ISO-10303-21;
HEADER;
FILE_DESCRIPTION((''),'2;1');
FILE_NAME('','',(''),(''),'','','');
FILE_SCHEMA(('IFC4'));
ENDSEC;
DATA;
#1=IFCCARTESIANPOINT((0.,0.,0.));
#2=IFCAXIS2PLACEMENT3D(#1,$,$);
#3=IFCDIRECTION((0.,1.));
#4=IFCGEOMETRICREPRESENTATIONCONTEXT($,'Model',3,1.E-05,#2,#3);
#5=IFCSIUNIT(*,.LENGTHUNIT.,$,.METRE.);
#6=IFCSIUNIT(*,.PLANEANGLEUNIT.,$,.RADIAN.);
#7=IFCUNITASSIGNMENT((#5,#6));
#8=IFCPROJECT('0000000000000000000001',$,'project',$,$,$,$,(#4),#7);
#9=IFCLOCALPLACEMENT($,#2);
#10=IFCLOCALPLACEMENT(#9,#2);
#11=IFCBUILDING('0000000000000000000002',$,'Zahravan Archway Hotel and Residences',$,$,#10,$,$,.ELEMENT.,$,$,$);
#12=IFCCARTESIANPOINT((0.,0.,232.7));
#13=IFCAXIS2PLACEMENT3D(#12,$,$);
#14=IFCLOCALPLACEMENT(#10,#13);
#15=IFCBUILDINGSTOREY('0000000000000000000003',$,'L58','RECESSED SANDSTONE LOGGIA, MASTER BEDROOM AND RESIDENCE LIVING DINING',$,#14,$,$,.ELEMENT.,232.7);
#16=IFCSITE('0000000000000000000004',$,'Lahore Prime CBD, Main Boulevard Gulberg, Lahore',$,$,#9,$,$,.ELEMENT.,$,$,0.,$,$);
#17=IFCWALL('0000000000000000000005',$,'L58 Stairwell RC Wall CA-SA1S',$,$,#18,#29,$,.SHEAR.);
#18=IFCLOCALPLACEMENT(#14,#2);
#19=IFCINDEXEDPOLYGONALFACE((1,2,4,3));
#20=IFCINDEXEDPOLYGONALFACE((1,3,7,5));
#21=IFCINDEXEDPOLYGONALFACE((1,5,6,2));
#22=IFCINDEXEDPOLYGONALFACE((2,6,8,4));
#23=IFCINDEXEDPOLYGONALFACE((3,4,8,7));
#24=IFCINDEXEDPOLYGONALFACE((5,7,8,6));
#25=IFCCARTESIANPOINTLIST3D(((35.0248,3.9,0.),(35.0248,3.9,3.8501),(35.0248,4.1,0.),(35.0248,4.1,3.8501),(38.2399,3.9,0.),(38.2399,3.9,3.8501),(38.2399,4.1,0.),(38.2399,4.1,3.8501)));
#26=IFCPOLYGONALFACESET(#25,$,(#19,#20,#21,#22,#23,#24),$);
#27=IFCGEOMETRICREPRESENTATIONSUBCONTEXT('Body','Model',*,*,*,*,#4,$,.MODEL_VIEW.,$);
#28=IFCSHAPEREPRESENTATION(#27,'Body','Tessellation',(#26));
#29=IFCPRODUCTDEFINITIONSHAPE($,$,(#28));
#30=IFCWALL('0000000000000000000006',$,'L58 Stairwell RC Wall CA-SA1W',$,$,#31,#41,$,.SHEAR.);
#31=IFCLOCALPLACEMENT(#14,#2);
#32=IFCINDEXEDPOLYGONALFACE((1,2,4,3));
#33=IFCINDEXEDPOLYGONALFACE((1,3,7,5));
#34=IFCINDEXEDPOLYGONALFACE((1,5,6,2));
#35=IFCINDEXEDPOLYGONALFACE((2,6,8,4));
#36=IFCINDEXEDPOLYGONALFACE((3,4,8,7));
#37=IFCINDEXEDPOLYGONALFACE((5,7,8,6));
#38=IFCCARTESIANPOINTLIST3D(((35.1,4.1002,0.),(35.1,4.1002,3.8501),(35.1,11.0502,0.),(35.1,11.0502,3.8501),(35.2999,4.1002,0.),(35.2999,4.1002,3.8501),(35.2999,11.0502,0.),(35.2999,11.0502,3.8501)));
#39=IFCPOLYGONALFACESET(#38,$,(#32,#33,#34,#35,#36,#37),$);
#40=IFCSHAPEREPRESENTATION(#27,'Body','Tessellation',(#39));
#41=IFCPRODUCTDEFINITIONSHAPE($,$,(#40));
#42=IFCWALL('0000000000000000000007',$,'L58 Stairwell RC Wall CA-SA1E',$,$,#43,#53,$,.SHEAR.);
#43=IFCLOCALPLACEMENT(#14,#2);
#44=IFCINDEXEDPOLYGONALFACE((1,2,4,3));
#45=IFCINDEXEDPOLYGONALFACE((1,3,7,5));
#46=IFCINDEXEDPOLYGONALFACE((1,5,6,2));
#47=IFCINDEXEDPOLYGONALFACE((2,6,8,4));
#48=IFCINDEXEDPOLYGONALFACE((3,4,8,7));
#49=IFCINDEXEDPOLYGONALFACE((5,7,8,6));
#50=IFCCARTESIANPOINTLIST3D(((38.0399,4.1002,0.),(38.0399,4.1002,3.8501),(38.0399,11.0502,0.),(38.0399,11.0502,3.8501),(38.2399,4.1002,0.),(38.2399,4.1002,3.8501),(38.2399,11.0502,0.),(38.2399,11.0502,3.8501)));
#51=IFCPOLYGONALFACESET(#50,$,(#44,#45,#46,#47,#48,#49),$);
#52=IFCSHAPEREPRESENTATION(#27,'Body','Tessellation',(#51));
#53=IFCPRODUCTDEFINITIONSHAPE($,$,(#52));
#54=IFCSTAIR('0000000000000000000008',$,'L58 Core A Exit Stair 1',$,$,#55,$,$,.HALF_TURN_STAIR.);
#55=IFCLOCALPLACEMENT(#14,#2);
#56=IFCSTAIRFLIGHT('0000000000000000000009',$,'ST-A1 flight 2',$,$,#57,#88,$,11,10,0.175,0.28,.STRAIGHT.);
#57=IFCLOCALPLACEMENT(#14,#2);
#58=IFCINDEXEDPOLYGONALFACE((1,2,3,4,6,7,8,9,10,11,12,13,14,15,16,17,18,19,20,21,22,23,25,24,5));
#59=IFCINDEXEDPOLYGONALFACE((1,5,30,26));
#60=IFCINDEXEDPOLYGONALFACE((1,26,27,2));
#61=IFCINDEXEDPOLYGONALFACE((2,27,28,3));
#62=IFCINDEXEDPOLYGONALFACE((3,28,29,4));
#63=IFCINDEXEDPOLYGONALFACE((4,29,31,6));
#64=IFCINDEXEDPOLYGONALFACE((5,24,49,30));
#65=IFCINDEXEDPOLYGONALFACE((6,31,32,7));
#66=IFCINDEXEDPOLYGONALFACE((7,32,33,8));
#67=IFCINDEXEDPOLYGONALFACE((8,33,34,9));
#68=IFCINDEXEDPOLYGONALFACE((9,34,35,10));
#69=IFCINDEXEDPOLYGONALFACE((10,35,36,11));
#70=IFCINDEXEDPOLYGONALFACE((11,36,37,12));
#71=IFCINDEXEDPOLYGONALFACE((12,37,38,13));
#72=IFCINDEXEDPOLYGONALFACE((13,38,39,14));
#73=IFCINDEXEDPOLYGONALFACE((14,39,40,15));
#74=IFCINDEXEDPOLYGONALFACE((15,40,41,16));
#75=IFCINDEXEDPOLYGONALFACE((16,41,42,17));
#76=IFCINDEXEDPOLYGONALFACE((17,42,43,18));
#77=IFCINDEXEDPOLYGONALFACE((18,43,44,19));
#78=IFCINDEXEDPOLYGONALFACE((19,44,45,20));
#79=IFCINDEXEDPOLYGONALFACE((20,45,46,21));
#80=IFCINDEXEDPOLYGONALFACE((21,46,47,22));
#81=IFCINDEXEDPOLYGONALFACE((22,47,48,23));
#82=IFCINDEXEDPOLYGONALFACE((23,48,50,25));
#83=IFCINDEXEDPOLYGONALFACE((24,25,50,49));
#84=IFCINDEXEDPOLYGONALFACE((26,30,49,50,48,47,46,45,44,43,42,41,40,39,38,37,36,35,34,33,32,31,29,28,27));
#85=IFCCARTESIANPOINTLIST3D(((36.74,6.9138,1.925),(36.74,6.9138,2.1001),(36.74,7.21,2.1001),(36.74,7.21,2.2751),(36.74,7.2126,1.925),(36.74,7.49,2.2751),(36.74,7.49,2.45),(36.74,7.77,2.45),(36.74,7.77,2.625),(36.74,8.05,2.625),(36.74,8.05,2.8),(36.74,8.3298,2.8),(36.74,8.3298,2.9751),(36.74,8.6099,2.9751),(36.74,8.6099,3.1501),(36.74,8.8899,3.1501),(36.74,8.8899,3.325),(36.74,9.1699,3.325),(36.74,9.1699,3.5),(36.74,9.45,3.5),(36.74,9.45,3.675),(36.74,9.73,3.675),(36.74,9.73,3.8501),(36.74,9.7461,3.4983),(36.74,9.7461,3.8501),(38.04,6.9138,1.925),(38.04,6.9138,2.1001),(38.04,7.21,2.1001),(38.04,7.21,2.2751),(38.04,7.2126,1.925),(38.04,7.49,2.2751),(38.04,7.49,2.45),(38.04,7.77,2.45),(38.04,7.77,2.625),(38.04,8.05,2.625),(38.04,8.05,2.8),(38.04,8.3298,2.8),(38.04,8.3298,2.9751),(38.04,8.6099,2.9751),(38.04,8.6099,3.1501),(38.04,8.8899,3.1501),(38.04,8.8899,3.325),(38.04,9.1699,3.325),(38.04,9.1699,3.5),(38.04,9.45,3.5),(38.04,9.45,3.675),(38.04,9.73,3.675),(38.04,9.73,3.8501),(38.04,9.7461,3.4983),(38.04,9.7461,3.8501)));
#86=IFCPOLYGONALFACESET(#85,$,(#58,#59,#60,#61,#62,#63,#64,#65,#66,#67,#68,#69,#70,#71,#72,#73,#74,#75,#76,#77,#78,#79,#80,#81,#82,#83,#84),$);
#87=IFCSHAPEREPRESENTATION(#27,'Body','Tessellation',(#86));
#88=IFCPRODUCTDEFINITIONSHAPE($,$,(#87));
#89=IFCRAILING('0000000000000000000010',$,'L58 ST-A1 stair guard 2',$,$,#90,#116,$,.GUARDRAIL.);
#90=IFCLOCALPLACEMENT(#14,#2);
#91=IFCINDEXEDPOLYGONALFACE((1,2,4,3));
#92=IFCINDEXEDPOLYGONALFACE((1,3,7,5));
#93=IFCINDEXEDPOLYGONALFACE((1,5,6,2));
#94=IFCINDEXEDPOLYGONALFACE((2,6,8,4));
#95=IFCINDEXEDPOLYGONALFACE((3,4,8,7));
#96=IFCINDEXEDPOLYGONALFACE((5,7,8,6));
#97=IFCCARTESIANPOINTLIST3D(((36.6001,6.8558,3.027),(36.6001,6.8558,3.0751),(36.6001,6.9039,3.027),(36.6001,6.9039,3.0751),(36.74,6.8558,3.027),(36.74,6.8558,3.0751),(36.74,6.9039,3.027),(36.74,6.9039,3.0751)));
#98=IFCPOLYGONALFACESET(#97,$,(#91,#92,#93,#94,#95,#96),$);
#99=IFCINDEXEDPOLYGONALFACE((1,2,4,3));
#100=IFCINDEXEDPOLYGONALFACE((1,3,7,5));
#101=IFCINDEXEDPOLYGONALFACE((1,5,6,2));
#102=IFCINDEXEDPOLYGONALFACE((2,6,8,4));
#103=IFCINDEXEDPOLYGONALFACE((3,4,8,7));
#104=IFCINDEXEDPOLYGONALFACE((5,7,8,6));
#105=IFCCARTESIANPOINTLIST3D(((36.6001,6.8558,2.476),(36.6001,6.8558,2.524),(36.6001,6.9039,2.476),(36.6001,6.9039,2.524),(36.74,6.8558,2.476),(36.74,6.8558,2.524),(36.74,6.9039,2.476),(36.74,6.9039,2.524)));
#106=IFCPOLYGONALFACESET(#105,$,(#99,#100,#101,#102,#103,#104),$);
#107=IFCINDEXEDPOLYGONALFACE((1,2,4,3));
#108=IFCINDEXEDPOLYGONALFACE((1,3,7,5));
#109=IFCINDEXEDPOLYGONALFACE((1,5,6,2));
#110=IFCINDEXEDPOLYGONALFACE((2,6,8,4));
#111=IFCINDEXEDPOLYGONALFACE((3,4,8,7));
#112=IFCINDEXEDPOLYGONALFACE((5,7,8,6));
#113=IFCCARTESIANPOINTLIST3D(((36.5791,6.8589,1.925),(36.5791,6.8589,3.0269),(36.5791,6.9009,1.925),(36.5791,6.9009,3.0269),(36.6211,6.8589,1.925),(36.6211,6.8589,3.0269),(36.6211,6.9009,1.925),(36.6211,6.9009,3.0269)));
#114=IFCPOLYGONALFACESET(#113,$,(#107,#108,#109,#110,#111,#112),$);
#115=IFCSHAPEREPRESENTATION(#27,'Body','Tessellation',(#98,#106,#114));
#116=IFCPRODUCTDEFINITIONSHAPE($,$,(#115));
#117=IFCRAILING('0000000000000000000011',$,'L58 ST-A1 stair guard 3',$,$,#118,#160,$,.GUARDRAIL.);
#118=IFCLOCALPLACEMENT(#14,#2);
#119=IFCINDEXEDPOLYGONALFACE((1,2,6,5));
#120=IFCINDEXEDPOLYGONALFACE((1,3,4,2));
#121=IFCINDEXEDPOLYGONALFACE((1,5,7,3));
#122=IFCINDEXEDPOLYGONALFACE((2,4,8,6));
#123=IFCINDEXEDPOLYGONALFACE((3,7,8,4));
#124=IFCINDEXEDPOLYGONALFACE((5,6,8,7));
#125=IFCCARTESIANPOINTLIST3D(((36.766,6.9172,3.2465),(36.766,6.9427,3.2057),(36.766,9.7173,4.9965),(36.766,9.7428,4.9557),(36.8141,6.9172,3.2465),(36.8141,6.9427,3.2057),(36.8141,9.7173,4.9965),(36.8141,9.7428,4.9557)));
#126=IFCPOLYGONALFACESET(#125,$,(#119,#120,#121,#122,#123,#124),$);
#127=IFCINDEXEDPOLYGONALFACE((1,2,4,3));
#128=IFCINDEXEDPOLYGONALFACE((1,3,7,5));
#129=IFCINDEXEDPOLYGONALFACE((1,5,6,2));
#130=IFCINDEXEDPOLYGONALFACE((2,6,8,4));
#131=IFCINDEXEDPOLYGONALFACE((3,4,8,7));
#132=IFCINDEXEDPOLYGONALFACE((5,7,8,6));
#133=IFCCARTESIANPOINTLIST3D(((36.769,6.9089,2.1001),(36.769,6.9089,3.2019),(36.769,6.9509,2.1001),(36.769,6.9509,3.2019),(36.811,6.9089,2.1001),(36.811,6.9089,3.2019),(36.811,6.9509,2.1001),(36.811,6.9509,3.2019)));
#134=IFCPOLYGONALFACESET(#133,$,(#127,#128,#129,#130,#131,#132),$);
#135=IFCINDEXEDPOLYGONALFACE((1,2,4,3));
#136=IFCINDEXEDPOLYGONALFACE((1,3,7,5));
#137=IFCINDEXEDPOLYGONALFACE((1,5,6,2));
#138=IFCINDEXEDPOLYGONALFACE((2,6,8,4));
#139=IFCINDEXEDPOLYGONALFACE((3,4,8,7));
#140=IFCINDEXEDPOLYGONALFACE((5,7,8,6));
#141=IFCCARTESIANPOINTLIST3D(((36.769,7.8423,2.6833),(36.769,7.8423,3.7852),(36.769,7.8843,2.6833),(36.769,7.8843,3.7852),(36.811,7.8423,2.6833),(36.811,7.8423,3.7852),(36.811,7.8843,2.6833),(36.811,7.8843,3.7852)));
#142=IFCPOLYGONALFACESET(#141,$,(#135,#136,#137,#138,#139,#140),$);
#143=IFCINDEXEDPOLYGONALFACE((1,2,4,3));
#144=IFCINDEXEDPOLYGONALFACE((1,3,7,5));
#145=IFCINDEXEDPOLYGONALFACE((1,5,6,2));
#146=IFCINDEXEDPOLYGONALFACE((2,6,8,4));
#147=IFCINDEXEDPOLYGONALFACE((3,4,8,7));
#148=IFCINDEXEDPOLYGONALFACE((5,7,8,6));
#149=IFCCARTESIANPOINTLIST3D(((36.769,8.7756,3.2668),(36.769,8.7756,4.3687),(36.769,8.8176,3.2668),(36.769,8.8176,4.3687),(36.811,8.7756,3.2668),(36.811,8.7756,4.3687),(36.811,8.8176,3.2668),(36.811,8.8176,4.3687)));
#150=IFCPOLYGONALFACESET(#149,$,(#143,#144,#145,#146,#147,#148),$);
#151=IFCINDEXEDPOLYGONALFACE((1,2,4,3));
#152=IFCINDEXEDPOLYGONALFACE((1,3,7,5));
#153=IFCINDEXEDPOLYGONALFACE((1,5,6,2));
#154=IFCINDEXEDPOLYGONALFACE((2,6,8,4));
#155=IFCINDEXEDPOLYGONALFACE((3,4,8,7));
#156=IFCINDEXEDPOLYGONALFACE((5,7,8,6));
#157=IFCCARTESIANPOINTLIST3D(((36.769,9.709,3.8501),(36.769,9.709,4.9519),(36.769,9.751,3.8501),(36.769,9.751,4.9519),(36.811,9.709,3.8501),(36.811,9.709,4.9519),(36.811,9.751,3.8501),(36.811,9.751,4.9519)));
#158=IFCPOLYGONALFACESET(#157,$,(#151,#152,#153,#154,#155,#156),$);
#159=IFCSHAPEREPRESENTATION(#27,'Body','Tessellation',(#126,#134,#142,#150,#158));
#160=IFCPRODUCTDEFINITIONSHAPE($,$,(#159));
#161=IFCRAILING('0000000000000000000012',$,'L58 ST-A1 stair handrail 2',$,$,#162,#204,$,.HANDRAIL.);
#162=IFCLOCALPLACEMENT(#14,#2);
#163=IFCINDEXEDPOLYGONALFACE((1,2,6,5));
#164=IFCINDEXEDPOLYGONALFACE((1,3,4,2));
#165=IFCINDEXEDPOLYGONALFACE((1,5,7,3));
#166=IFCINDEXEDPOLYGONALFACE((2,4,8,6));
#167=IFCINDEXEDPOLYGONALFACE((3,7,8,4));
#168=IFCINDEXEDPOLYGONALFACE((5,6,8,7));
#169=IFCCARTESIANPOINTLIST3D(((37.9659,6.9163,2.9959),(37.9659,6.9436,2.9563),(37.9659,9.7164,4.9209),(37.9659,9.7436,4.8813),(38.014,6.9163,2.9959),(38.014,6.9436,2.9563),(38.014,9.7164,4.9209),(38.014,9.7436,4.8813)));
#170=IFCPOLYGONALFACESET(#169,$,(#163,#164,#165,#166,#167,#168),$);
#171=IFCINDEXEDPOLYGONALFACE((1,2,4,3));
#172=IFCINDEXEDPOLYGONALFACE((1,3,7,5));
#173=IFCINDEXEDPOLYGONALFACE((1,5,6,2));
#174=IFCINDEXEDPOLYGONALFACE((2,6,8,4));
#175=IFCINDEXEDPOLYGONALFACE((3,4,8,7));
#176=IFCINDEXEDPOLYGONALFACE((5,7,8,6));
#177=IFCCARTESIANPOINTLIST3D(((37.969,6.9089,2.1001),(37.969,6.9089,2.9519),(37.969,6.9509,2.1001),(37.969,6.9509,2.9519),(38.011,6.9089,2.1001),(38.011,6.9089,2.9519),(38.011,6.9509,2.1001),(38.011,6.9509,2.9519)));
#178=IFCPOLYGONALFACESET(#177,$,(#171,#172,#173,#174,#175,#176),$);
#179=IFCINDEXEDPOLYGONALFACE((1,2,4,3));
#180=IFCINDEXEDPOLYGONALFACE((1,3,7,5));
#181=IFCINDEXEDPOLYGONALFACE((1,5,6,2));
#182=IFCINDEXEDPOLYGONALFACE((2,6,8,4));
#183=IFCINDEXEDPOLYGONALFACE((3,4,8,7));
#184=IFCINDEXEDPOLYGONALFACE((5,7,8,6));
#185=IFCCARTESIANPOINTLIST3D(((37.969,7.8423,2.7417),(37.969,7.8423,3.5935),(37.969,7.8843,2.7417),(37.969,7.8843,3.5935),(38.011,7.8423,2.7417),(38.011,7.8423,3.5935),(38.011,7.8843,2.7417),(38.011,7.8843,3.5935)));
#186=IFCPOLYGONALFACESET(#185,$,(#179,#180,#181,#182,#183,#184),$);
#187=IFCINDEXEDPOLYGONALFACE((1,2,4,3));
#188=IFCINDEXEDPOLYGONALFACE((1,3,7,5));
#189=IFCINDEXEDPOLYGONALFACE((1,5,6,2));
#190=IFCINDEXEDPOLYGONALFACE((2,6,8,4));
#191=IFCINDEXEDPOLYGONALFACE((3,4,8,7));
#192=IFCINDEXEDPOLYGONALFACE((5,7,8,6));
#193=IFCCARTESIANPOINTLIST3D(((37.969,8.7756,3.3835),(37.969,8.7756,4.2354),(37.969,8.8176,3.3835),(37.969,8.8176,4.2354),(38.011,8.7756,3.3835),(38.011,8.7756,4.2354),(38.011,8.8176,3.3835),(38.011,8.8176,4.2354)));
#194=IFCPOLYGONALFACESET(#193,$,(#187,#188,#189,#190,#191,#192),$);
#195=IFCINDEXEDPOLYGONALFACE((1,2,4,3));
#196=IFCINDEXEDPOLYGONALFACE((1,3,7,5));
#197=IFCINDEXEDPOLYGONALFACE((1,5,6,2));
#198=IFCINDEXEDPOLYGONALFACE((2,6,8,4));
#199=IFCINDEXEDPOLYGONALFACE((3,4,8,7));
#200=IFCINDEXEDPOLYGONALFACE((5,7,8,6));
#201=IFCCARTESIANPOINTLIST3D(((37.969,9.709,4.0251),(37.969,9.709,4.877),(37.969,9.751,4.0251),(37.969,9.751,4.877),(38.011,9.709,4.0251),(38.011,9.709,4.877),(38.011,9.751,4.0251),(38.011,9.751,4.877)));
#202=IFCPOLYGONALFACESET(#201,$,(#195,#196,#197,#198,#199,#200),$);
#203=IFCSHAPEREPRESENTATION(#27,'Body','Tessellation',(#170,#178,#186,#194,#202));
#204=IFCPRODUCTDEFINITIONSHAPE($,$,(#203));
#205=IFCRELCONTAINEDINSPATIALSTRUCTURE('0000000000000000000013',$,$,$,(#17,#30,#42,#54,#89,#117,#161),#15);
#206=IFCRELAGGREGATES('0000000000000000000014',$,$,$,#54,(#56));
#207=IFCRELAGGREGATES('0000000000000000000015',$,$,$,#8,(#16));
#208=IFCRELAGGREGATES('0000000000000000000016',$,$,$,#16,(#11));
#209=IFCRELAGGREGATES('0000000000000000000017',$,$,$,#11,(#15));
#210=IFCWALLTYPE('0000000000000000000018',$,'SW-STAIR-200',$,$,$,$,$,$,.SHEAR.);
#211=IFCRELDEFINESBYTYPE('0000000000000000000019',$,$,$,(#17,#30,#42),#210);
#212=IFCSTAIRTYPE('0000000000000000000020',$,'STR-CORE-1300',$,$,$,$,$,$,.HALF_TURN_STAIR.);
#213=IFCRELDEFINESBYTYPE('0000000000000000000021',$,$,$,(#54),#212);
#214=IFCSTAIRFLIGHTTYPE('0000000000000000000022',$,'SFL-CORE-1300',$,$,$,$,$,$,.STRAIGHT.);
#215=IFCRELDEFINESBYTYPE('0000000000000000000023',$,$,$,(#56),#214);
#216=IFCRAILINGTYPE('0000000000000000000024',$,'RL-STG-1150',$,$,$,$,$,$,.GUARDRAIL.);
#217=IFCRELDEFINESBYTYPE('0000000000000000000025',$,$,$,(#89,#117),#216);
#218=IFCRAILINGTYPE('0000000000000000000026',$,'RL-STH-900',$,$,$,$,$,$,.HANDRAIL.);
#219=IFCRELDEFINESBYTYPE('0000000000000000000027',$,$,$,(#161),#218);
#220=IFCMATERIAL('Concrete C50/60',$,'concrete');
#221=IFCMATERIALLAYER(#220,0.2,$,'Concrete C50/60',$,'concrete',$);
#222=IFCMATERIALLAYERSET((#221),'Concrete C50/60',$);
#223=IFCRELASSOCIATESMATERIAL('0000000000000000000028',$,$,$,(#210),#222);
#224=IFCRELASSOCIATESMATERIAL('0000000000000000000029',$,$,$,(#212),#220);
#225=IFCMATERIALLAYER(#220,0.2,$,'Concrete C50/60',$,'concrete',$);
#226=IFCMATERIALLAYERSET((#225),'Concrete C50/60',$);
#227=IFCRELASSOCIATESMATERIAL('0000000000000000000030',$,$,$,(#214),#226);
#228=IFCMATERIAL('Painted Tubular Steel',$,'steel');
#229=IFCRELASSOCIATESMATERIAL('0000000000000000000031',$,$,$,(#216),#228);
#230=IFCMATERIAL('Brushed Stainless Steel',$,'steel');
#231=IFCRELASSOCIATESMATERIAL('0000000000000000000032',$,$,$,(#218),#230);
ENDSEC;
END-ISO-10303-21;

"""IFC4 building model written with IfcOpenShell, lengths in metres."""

from ifc_helpers import new_model, si_unit, direction, frame, frame_2d, origin, origin_2d, place, context, subcontext, project, spatial, polyline, rectangle, outline, extrude, source, transform, mapped, material, layer, layer_set, type_object, element, aggregate, save


model = new_model("IFC4")

# Units and contexts
model_context = context("Model", 3, precision=1e-05, world=origin(), true_north=direction((0.0, 1.0)))
body_context = subcontext(model_context, "Body", "Model", "MODEL_VIEW")
ifc_project = project(units=[si_unit("LENGTHUNIT", "METRE"), si_unit("PLANEANGLEUNIT", "RADIAN")], contexts=[model_context])

# Site, building, storey
site_placement = place(None, origin())
site = spatial("IfcSite", under=ifc_project, at=site_placement, Name="Lahore Prime CBD, Main Boulevard Gulberg, Lahore", CompositionType="ELEMENT", RefElevation=0.0)
building_placement = place(site_placement, origin())
building = spatial("IfcBuilding", under=site, at=building_placement, Name="Zahravan Archway Hotel and Residences", CompositionType="ELEMENT")
storey_placement = place(building_placement, frame((0.0, 0.0, 232.7)))
storey = spatial("IfcBuildingStorey", under=building, at=storey_placement, Name="L58", Description="RECESSED SANDSTONE LOGGIA, MASTER BEDROOM AND RESIDENCE LIVING DINING", CompositionType="ELEMENT", Elevation=232.7)

# Shared definitions
ifc_material_1 = material(Name="Concrete C50/60", Category="concrete")

# Shared definitions
ifc_material_2 = material(Name="Brushed Stainless Steel", Category="steel")

# Walls
ifc_layer_1 = layer(ifc_material_1, 0.2, Name="Concrete C50/60", Category="concrete")
ifc_layer_set_1 = layer_set([ifc_layer_1], Name="Concrete C50/60")
wall_type_1 = type_object("IfcWallType", Name="SW-STAIR-200", PredefinedType="SHEAR", material=ifc_layer_set_1)
wall_1_placement = place(storey_placement, frame((35.0249, 4.0, 0.0), z_axis=(0.0, 0.0, 1.0), x_axis=(1.0, 0.0, 0.0)))
element("IfcWall", 1, at=wall_1_placement, inside=storey, type_object=wall_type_1, Name="L58 Stairwell RC Wall CA-SA1S", PredefinedType="SHEAR", context=body_context, shape_type="SweptSolid", body=[
    extrude(rectangle(XDim=3.2151, YDim=0.2, at=frame_2d((1.6074, 0.0))), origin(), (0.0, 0.0, 1.0), 3.8501),
])
for number, where, z_axis, x_axis, name in (
    (2, (35.2, 4.1001, 0.0), (0.0, 0.0, 1.0), (0.0, 1.0, 0.0), "L58 Stairwell RC Wall CA-SA1W"),
    (3, (38.1399, 4.1001, 0.0), (0.0, 0.0, 1.0), (0.0, 1.0, 0.0), "L58 Stairwell RC Wall CA-SA1E"),
):
    element("IfcWall", number, at=place(storey_placement, frame(where, z_axis=z_axis, x_axis=x_axis)), inside=storey, type_object=wall_type_1, Name=name, PredefinedType="SHEAR", context=body_context, shape_type="SweptSolid", body=[
        extrude(rectangle(XDim=6.95, YDim=0.2, at=frame_2d((3.4751, 0.0))), origin(), (0.0, 0.0, 1.0), 3.8501),
    ])

# Stair, stair flight
stair_type = type_object("IfcStairType", Name="STR-CORE-1300", PredefinedType="HALF_TURN_STAIR", material=ifc_material_1)
stair_placement = place(storey_placement, origin())
stair = element("IfcStair", 4, at=stair_placement, inside=storey, type_object=stair_type, Name="L58 Core A Exit Stair 1", PredefinedType="HALF_TURN_STAIR")
ifc_layer_2 = layer(ifc_material_1, 0.2, Name="Concrete C50/60", Category="concrete")
ifc_layer_set_2 = layer_set([ifc_layer_2], Name="Concrete C50/60")
stair_flight_type = type_object("IfcStairFlightType", Name="SFL-CORE-1300", PredefinedType="STRAIGHT", material=ifc_layer_set_2)
shared_shape_1 = source(origin(), body_context, "Body", "SweptSolid", [
    extrude(outline(polyline([(-0.0161, 0.0), (-0.0161, 0.175), (0.28, 0.175), (0.28, 0.3501), (0.5601, 0.3501), (0.5601, 0.5249), (0.8401, 0.5249), (0.8401, 0.7), (1.1201, 0.7), (1.1201, 0.875), (1.3999, 0.875), (1.3999, 1.05), (1.6799, 1.05), (1.6799, 1.2251), (1.96, 1.2251), (1.96, 1.3999), (2.24, 1.3999), (2.24, 1.575), (2.52, 1.575), (2.52, 1.75), (2.8, 1.75), (2.8, 1.925), (2.8162, 1.925), (2.8162, 1.5732), (0.2827, 0.0), (-0.0161, 0.0)])), frame((0.0, 0.6499, 0.0), z_axis=(0.0, -1.0, 0.0), x_axis=(1.0, 0.0, 0.0)), (0.0, 0.0, 1.0), 1.3),
])
stair_flight_placement = place(storey_placement, frame((37.3899, 6.9299, 1.925), z_axis=(0.0, 0.0, 1.0), x_axis=(0.0, 1.0, 0.0)))
stair_flight = element("IfcStairFlight", 5, at=stair_flight_placement, type_object=stair_flight_type, Name="ST-A1 flight 2", NumberOfRisers=11, NumberOfTreads=10, PredefinedType="STRAIGHT", RiserHeight=0.175, TreadLength=0.28, context=body_context, shape_type="MappedRepresentation", body=[
    mapped(shared_shape_1, transform((0.0, 0.0, 0.0), scale=1.0)),
])
aggregate(stair, [stair_flight])

# Railings
ifc_material_3 = material(Name="Painted Tubular Steel", Category="steel")
railing_type_1 = type_object("IfcRailingType", Name="RL-STG-1150", PredefinedType="GUARDRAIL", material=ifc_material_3)
railing_1_placement = place(storey_placement, frame((36.6001, 6.8799, 1.925)))
element("IfcRailing", 6, at=railing_1_placement, inside=storey, type_object=railing_type_1, Name="L58 ST-A1 stair guard 2", PredefinedType="GUARDRAIL", context=body_context, shape_type="SweptSolid", body=[
    extrude(rectangle(XDim=0.0481, YDim=0.0481, at=origin_2d()), frame((0.0, 0.0, 1.126), z_axis=(1.0, 0.0, 0.0), x_axis=(0.0, 1.0, 0.0)), (0.0, 0.0, 1.0), 0.1399),
    extrude(rectangle(XDim=0.0481, YDim=0.0481, at=origin_2d()), frame((0.0, 0.0, 0.575), z_axis=(1.0, 0.0, 0.0), x_axis=(0.0, 1.0, 0.0)), (0.0, 0.0, 1.0), 0.1399),
    extrude(rectangle(XDim=0.042, YDim=0.042, at=origin_2d()), origin(), (0.0, 0.0, 1.0), 1.1018),
])
railing_2_placement = place(storey_placement, frame((36.79, 6.9299, 2.1001)))
element("IfcRailing", 7, at=railing_2_placement, inside=storey, type_object=railing_type_1, Name="L58 ST-A1 stair guard 3", PredefinedType="GUARDRAIL", context=body_context, shape_type="SweptSolid", body=[
    extrude(rectangle(XDim=0.0481, YDim=0.0481, at=origin_2d()), frame((0.0, 0.0, 1.126), z_axis=(0.0, 0.848002, 0.529992), x_axis=(-1.0, 0.0, 0.0)), (0.0, 0.0, 1.0), 3.302),
    extrude(rectangle(XDim=0.042, YDim=0.042, at=origin_2d()), origin(), (0.0, 0.0, 1.0), 1.1018),
    extrude(rectangle(XDim=0.042, YDim=0.042, at=origin_2d()), frame((0.0, 0.9333, 0.5833)), (0.0, 0.0, 1.0), 1.1018),
    extrude(rectangle(XDim=0.042, YDim=0.042, at=origin_2d()), frame((0.0, 1.8667, 1.1667)), (0.0, 0.0, 1.0), 1.1018),
    extrude(rectangle(XDim=0.042, YDim=0.042, at=origin_2d()), frame((0.0, 2.8, 1.75)), (0.0, 0.0, 1.0), 1.1018),
])
railing_type_2 = type_object("IfcRailingType", Name="RL-STH-900", PredefinedType="HANDRAIL", material=ifc_material_2)
railing_3_placement = place(storey_placement, frame((37.99, 6.9299, 2.1001)))
element("IfcRailing", 8, at=railing_3_placement, inside=storey, type_object=railing_type_2, Name="L58 ST-A1 stair handrail 2", PredefinedType="HANDRAIL", context=body_context, shape_type="SweptSolid", body=[
    extrude(rectangle(XDim=0.0481, YDim=0.0481, at=origin_2d()), frame((0.0, 0.0, 0.876), z_axis=(0.0, 0.82404, 0.566532), x_axis=(-1.0, 0.0, 0.0)), (0.0, 0.0, 1.0), 3.3979),
    extrude(rectangle(XDim=0.042, YDim=0.042, at=origin_2d()), origin(), (0.0, 0.0, 1.0), 0.8518),
    extrude(rectangle(XDim=0.042, YDim=0.042, at=origin_2d()), frame((0.0, 0.9333, 0.6416)), (0.0, 0.0, 1.0), 0.8518),
    extrude(rectangle(XDim=0.042, YDim=0.042, at=origin_2d()), frame((0.0, 1.8667, 1.2834)), (0.0, 0.0, 1.0), 0.8518),
    extrude(rectangle(XDim=0.042, YDim=0.042, at=origin_2d()), frame((0.0, 2.8, 1.925)), (0.0, 0.0, 1.0), 0.8518),
])

save(model, "model.ifc")
